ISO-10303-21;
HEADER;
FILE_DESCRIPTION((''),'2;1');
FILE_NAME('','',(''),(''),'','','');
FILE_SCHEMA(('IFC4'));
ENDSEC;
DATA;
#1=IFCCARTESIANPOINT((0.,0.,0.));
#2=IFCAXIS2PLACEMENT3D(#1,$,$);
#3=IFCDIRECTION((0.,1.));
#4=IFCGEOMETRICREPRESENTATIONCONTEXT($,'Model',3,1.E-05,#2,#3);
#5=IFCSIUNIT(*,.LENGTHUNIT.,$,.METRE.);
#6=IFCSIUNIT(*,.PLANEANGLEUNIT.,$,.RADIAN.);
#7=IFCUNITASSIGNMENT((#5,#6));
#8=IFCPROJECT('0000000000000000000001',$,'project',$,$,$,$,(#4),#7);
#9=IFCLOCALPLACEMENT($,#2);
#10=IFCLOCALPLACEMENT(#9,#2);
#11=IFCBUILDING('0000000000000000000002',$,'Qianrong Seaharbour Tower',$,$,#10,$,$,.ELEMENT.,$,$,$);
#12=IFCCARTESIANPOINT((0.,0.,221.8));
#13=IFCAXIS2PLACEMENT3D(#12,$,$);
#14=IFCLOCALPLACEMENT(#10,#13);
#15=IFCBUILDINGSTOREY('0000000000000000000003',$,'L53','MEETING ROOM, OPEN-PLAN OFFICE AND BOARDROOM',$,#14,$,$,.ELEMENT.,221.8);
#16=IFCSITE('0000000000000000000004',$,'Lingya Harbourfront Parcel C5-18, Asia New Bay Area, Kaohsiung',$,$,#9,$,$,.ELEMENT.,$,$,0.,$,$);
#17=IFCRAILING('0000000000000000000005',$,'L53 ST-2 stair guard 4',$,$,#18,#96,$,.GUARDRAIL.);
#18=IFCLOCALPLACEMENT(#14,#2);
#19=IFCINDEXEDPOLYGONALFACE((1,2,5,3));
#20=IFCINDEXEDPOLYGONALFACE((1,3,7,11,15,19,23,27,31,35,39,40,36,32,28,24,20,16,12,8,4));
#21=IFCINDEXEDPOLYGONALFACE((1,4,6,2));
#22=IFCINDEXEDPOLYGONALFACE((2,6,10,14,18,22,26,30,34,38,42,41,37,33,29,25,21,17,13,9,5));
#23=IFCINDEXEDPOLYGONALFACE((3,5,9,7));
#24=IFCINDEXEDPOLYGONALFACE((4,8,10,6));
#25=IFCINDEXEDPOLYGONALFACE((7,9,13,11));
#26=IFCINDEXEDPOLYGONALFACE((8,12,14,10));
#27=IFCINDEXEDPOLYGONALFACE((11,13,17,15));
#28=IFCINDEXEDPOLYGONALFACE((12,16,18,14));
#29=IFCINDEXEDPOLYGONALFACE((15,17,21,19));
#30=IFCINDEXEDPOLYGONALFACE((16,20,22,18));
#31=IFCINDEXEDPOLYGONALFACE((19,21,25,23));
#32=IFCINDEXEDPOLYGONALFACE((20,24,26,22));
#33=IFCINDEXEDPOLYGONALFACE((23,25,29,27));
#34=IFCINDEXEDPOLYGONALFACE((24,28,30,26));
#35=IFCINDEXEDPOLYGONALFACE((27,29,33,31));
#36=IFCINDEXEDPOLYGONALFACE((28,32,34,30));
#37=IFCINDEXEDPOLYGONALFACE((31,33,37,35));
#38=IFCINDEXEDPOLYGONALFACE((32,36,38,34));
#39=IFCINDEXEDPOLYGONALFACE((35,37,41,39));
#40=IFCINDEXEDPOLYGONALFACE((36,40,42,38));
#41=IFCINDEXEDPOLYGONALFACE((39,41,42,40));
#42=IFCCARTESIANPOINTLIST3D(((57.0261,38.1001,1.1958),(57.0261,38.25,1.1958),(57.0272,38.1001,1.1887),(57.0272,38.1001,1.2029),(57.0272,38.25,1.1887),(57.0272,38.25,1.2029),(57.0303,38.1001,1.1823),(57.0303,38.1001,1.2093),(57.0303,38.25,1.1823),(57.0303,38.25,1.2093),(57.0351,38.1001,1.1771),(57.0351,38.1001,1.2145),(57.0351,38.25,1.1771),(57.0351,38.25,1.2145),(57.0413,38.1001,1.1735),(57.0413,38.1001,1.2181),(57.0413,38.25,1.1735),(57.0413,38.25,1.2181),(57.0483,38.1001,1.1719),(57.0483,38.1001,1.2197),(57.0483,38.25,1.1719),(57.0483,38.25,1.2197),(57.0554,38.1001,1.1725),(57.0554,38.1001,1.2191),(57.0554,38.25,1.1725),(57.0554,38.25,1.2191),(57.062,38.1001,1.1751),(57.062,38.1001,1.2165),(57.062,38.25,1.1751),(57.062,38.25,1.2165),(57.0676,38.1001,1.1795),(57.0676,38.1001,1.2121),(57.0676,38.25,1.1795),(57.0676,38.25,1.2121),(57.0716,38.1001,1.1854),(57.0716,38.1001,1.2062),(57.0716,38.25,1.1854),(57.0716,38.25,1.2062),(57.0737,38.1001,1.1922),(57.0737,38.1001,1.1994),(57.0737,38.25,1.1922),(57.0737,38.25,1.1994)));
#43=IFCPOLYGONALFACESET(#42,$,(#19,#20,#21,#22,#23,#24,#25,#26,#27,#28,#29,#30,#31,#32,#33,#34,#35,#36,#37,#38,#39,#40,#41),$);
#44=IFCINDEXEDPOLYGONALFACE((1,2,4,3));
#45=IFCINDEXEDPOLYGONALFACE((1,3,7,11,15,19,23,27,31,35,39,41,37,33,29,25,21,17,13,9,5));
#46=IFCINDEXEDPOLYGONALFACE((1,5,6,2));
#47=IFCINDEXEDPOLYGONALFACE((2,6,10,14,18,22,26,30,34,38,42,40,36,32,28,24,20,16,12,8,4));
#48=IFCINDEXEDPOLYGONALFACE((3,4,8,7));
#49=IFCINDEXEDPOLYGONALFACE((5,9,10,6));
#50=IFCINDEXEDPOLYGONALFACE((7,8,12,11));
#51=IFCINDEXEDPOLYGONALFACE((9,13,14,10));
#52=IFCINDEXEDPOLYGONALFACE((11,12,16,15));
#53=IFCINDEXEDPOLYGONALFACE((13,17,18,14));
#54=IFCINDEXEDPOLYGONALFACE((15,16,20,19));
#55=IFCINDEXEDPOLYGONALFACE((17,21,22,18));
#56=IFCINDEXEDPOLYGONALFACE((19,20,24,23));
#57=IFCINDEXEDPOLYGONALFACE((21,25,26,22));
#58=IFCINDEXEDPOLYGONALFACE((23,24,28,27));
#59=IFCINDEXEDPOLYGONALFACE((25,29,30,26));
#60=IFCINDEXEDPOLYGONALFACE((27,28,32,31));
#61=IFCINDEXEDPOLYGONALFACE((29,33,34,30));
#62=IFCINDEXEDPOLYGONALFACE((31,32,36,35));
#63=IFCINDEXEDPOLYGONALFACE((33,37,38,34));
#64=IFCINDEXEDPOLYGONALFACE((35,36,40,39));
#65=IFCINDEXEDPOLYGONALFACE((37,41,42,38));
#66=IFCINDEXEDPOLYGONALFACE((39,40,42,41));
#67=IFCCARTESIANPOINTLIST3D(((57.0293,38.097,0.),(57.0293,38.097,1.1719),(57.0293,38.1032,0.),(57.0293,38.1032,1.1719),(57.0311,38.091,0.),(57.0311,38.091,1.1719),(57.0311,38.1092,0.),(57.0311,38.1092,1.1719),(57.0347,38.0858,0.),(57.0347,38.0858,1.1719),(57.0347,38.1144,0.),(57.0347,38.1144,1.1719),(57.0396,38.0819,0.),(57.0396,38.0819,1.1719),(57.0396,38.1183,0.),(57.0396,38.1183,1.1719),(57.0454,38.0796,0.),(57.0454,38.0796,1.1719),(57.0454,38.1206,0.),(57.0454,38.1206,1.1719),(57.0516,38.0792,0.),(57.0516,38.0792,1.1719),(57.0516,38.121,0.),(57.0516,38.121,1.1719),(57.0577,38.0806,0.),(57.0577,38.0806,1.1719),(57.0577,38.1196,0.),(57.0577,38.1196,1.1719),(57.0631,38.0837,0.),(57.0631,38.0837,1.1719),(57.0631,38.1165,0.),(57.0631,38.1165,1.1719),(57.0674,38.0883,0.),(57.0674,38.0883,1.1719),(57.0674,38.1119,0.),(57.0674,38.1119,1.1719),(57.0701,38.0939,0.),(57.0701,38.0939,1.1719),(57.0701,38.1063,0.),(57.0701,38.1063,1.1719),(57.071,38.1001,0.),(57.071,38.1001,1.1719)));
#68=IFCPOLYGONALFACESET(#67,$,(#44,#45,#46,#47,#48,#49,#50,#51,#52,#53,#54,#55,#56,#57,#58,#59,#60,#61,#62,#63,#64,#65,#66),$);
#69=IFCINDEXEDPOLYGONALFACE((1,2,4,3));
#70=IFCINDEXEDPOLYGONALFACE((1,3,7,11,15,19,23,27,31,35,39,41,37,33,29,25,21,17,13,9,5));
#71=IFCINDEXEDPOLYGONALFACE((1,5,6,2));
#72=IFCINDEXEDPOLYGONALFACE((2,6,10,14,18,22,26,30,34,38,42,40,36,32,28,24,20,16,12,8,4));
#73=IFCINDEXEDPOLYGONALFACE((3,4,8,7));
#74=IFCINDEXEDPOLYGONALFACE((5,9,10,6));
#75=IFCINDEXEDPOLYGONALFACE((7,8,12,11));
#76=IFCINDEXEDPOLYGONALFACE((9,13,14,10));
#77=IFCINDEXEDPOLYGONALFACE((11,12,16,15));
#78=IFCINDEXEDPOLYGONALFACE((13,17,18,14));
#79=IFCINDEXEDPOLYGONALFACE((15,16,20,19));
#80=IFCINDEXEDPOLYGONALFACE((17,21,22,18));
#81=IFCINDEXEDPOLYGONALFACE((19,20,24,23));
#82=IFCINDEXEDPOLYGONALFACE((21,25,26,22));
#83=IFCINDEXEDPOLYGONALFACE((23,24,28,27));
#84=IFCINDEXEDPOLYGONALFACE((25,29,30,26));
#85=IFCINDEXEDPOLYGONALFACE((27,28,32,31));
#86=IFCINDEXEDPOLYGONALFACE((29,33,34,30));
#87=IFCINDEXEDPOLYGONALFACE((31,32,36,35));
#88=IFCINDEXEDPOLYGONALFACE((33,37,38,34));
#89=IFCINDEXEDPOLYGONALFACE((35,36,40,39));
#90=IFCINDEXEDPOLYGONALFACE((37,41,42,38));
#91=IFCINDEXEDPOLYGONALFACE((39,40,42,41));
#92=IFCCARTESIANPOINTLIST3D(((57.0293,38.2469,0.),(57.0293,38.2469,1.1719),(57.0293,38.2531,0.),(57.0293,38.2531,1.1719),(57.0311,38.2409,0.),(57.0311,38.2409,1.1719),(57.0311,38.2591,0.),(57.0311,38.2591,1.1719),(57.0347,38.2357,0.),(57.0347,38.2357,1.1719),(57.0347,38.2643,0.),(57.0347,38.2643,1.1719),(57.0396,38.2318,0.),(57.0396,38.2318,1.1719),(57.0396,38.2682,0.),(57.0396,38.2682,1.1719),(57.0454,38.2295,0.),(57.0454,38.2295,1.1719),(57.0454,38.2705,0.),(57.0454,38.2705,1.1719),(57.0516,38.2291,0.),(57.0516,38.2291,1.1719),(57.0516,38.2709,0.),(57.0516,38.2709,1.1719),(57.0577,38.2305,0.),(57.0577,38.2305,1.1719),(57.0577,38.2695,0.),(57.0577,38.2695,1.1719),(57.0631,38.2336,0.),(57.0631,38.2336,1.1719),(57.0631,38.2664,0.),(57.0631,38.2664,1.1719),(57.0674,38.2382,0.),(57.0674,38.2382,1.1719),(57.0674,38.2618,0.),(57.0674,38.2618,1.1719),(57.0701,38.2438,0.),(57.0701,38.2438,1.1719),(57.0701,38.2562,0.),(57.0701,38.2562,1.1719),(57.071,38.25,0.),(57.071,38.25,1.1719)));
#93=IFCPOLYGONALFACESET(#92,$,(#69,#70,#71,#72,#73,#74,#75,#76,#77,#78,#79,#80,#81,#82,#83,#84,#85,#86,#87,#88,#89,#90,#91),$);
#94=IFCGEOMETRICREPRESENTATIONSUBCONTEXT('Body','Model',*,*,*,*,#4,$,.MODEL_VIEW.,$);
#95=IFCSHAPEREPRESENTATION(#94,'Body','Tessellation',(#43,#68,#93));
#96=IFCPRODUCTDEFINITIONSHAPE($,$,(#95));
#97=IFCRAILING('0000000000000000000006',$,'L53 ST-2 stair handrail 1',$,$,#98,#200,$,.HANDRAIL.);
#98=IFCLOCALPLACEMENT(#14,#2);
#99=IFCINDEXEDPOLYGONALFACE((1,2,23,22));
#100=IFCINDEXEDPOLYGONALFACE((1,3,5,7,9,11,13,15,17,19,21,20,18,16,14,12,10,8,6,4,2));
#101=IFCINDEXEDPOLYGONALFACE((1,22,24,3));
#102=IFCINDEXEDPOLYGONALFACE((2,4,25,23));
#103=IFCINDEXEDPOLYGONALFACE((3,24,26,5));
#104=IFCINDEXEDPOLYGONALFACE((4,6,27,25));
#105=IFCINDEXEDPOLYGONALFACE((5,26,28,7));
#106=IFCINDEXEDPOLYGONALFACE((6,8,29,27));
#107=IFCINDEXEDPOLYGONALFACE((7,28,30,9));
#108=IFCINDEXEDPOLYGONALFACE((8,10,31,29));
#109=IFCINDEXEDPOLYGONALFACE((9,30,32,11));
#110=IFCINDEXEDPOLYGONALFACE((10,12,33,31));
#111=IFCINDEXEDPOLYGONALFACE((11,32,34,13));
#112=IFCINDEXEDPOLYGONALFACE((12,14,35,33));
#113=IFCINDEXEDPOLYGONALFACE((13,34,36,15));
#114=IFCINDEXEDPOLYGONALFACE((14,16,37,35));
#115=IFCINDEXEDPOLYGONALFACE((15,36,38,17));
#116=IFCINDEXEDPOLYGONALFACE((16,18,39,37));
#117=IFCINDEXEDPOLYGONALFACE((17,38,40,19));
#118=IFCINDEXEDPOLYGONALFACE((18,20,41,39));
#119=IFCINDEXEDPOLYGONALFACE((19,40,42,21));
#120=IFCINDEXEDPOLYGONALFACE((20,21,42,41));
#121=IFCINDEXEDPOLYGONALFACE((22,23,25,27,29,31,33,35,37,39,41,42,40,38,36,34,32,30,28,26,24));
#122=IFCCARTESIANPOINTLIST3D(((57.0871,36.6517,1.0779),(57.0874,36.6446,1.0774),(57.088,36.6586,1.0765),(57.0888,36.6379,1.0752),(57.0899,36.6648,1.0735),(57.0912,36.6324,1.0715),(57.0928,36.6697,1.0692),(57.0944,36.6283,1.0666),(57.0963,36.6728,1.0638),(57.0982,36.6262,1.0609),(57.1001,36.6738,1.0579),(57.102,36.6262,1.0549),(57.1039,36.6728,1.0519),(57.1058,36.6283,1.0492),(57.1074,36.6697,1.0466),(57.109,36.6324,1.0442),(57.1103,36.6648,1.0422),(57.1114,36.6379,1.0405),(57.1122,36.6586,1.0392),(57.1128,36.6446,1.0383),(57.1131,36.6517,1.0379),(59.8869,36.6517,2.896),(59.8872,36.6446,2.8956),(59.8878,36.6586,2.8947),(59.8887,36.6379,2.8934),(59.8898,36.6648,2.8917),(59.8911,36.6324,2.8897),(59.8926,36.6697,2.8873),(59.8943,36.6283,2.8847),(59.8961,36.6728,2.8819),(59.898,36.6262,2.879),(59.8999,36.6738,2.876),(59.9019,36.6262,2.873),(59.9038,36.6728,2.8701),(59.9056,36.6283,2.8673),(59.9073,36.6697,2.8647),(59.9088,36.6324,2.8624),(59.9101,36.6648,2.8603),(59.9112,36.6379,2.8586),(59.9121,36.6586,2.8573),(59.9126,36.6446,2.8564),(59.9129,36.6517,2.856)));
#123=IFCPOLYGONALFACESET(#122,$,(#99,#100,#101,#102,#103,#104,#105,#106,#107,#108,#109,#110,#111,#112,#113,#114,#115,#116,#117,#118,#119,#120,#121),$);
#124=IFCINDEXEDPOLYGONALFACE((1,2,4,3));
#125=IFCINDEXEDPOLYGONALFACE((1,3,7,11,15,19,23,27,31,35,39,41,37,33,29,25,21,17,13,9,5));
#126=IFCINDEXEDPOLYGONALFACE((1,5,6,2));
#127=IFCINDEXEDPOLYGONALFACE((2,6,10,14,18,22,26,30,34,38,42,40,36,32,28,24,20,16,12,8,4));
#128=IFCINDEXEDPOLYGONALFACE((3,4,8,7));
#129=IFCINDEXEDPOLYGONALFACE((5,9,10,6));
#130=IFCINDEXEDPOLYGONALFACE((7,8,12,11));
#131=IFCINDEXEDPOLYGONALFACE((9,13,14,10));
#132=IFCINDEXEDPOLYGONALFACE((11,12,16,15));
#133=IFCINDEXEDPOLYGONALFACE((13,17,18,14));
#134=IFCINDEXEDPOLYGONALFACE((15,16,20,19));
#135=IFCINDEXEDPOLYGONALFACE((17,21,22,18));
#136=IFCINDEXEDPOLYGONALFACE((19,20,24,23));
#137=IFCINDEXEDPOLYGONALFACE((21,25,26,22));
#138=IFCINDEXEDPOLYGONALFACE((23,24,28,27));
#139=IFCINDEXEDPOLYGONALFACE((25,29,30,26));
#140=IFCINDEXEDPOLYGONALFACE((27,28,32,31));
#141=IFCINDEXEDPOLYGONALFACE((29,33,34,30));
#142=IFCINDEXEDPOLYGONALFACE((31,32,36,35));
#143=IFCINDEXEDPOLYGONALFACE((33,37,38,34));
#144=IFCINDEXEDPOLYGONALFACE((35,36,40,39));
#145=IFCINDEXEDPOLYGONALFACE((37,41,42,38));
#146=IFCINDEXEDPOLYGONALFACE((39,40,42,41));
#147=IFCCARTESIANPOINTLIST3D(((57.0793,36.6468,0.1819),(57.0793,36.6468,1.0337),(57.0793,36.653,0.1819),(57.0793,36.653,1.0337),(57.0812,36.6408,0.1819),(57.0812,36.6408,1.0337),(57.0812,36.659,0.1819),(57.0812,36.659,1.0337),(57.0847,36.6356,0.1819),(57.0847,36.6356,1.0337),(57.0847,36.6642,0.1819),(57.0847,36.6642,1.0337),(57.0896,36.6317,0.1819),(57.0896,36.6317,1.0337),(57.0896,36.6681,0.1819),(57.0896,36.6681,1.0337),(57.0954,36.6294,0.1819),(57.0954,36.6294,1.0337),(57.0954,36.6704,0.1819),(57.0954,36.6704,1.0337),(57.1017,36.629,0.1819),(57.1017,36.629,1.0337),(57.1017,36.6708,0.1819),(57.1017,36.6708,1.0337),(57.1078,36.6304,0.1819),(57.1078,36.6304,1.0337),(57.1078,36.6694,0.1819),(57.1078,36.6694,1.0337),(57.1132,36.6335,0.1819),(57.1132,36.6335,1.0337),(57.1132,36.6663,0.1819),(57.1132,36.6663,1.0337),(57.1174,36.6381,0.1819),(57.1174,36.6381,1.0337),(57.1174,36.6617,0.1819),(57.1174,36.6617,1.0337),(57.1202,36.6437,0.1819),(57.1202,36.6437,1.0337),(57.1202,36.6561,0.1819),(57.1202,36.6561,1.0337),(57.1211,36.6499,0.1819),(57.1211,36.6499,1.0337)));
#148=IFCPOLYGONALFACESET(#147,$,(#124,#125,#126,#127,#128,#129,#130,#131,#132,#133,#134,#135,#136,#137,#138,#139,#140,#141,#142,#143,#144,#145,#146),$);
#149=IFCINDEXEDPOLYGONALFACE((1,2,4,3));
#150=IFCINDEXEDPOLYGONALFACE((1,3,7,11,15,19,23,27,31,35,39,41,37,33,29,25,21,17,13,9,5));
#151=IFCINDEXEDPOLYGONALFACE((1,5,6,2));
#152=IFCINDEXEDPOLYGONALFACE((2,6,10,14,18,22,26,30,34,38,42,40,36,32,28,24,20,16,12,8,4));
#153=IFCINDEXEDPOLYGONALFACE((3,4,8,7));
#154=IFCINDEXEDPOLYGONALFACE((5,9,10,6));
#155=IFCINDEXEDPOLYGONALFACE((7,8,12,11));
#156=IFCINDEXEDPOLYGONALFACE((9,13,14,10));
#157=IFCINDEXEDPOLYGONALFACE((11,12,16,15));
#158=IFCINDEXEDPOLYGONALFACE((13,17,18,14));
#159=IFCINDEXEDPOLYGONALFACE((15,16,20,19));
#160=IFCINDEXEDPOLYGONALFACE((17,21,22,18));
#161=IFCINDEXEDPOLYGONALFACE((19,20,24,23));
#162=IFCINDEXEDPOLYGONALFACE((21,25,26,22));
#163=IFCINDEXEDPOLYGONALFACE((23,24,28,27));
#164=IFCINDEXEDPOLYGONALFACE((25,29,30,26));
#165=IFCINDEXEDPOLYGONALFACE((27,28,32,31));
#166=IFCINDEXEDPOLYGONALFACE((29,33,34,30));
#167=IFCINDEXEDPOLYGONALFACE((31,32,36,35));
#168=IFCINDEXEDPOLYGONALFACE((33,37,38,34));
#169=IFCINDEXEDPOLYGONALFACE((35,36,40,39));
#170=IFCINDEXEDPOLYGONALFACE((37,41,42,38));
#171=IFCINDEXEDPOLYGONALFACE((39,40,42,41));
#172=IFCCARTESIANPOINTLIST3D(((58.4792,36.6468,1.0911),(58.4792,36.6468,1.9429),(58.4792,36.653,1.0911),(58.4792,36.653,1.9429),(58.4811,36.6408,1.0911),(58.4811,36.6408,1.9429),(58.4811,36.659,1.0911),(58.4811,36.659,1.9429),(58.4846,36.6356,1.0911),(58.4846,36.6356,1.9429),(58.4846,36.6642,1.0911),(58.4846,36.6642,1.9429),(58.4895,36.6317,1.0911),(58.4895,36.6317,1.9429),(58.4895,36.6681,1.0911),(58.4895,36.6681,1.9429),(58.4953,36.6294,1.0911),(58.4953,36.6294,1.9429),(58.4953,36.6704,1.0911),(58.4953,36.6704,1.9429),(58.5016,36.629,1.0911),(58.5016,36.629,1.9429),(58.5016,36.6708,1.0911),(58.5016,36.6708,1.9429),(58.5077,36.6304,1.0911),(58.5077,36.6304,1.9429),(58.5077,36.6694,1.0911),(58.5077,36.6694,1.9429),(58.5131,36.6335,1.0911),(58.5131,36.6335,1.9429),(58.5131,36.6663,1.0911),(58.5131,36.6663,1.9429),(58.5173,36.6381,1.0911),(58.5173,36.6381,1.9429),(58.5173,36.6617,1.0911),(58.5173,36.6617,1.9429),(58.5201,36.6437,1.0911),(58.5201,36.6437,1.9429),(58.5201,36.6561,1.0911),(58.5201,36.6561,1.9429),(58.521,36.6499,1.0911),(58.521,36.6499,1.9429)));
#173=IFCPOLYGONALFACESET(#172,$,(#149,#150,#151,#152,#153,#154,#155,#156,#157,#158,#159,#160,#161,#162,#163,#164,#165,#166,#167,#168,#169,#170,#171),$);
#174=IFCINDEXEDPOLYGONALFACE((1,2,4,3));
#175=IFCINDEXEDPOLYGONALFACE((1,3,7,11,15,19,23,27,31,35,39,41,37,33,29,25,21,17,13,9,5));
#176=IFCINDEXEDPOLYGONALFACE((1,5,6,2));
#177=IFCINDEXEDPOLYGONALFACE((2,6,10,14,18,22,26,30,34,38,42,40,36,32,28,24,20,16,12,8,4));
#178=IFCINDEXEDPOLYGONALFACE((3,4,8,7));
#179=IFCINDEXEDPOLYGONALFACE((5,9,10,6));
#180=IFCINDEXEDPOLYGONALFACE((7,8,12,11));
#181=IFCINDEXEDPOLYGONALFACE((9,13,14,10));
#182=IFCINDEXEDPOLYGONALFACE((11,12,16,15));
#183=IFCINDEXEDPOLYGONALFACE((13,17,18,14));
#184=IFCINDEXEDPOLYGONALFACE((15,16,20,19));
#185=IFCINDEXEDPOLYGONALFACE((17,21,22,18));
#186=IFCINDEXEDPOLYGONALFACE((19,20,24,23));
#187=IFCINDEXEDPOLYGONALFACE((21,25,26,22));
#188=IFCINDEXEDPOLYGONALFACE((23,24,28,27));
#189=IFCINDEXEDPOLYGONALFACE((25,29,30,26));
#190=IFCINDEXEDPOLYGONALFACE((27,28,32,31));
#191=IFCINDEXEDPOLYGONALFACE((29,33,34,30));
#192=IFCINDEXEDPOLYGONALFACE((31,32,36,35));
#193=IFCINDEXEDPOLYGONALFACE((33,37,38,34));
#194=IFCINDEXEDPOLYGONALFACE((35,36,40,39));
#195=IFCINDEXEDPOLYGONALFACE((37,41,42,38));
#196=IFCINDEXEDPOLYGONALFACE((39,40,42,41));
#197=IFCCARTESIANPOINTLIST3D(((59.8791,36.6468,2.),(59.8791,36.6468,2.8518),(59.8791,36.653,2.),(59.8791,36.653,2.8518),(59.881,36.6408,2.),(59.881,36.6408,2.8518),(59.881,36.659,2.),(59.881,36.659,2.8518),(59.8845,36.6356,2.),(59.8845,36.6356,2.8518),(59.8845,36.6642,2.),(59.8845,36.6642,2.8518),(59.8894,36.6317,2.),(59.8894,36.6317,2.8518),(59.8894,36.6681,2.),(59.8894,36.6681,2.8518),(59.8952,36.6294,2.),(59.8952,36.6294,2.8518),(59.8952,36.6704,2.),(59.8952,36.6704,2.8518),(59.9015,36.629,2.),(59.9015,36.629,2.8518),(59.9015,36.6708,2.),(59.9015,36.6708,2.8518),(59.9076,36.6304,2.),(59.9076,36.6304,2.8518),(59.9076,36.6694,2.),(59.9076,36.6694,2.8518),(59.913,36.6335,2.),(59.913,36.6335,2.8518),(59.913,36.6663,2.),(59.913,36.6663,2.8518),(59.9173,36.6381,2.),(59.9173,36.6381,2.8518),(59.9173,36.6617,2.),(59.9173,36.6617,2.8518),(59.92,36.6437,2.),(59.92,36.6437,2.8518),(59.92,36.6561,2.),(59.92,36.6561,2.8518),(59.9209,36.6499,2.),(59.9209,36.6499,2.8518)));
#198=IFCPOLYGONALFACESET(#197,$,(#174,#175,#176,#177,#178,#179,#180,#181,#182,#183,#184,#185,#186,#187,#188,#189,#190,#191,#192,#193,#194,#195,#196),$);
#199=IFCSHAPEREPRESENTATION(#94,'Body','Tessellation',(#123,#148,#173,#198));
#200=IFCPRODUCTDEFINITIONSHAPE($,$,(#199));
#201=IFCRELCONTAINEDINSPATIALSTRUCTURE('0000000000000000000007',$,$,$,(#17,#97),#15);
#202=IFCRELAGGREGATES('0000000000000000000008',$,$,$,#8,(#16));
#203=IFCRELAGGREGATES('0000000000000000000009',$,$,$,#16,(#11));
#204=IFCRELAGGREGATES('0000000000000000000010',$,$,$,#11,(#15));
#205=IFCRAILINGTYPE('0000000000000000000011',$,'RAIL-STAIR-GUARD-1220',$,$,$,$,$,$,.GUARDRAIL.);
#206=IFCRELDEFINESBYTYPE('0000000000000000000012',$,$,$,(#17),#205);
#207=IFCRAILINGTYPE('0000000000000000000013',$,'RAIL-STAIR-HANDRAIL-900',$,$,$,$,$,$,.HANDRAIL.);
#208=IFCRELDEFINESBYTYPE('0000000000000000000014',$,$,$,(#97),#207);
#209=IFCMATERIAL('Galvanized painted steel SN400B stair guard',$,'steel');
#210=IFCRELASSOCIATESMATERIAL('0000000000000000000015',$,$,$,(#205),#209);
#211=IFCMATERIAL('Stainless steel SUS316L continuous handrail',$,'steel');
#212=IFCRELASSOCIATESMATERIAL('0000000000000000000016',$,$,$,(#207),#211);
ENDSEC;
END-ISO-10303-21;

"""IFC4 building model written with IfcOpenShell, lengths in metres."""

from ifc_helpers import new_model, si_unit, direction, frame, origin, origin_2d, place, context, subcontext, project, spatial, circle, extrude, material, type_object, element, save


model = new_model("IFC4")

# Units and contexts
model_context = context("Model", 3, precision=1e-05, world=origin(), true_north=direction((0.0, 1.0)))
body_context = subcontext(model_context, "Body", "Model", "MODEL_VIEW")
ifc_project = project(units=[si_unit("LENGTHUNIT", "METRE"), si_unit("PLANEANGLEUNIT", "RADIAN")], contexts=[model_context])

# Site, building, storey
site_placement = place(None, origin())
site = spatial("IfcSite", under=ifc_project, at=site_placement, Name="Lingya Harbourfront Parcel C5-18, Asia New Bay Area, Kaohsiung", CompositionType="ELEMENT", RefElevation=0.0)
building_placement = place(site_placement, origin())
building = spatial("IfcBuilding", under=site, at=building_placement, Name="Qianrong Seaharbour Tower", CompositionType="ELEMENT")
storey_placement = place(building_placement, frame((0.0, 0.0, 221.8)))
storey = spatial("IfcBuildingStorey", under=building, at=storey_placement, Name="L53", Description="MEETING ROOM, OPEN-PLAN OFFICE AND BOARDROOM", CompositionType="ELEMENT", Elevation=221.8)

# Railings
ifc_material_1 = material(Name="Galvanized painted steel SN400B stair guard", Category="steel")
railing_type_1 = type_object("IfcRailingType", Name="RAIL-STAIR-GUARD-1220", PredefinedType="GUARDRAIL", material=ifc_material_1)
railing_1_placement = place(storey_placement, frame((57.05, 38.1001, 0.0)))
element("IfcRailing", 1, at=railing_1_placement, inside=storey, type_object=railing_type_1, Name="L53 ST-2 stair guard 4", PredefinedType="GUARDRAIL", context=body_context, shape_type="SweptSolid", body=[
    extrude(circle(Radius=0.0239, at=origin_2d()), frame((0.0, 0.0, 1.1958), z_axis=(0.0, 1.0, 0.0), x_axis=(-1.0, 0.0, 0.0)), (0.0, 0.0, 1.0), 0.1499),
    extrude(circle(Radius=0.021, at=origin_2d()), origin(), (0.0, 0.0, 1.0), 1.1719),
    extrude(circle(Radius=0.021, at=origin_2d()), frame((0.0, 0.1499, 0.0)), (0.0, 0.0, 1.0), 1.1719),
])
ifc_material_2 = material(Name="Stainless steel SUS316L continuous handrail", Category="steel")
railing_type_2 = type_object("IfcRailingType", Name="RAIL-STAIR-HANDRAIL-900", PredefinedType="HANDRAIL", material=ifc_material_2)
railing_2_placement = place(storey_placement, frame((57.1001, 36.6499, 0.1819)))
element("IfcRailing", 2, at=railing_2_placement, inside=storey, type_object=railing_type_2, Name="L53 ST-2 stair handrail 1", PredefinedType="HANDRAIL", context=body_context, shape_type="SweptSolid", body=[
    extrude(circle(Radius=0.0239, at=origin_2d()), frame((0.0, 0.0, 0.876), z_axis=(0.838684, 0.0, 0.544618), x_axis=(0.0, 1.0, 0.0)), (0.0, 0.0, 1.0), 3.3384),
    extrude(circle(Radius=0.021, at=origin_2d()), origin(), (0.0, 0.0, 1.0), 0.8518),
    extrude(circle(Radius=0.021, at=origin_2d()), frame((1.3999, 0.0, 0.9092)), (0.0, 0.0, 1.0), 0.8518),
    extrude(circle(Radius=0.021, at=origin_2d()), frame((2.7998, 0.0, 1.8181)), (0.0, 0.0, 1.0), 0.8518),
])

save(model, "model.ifc")
